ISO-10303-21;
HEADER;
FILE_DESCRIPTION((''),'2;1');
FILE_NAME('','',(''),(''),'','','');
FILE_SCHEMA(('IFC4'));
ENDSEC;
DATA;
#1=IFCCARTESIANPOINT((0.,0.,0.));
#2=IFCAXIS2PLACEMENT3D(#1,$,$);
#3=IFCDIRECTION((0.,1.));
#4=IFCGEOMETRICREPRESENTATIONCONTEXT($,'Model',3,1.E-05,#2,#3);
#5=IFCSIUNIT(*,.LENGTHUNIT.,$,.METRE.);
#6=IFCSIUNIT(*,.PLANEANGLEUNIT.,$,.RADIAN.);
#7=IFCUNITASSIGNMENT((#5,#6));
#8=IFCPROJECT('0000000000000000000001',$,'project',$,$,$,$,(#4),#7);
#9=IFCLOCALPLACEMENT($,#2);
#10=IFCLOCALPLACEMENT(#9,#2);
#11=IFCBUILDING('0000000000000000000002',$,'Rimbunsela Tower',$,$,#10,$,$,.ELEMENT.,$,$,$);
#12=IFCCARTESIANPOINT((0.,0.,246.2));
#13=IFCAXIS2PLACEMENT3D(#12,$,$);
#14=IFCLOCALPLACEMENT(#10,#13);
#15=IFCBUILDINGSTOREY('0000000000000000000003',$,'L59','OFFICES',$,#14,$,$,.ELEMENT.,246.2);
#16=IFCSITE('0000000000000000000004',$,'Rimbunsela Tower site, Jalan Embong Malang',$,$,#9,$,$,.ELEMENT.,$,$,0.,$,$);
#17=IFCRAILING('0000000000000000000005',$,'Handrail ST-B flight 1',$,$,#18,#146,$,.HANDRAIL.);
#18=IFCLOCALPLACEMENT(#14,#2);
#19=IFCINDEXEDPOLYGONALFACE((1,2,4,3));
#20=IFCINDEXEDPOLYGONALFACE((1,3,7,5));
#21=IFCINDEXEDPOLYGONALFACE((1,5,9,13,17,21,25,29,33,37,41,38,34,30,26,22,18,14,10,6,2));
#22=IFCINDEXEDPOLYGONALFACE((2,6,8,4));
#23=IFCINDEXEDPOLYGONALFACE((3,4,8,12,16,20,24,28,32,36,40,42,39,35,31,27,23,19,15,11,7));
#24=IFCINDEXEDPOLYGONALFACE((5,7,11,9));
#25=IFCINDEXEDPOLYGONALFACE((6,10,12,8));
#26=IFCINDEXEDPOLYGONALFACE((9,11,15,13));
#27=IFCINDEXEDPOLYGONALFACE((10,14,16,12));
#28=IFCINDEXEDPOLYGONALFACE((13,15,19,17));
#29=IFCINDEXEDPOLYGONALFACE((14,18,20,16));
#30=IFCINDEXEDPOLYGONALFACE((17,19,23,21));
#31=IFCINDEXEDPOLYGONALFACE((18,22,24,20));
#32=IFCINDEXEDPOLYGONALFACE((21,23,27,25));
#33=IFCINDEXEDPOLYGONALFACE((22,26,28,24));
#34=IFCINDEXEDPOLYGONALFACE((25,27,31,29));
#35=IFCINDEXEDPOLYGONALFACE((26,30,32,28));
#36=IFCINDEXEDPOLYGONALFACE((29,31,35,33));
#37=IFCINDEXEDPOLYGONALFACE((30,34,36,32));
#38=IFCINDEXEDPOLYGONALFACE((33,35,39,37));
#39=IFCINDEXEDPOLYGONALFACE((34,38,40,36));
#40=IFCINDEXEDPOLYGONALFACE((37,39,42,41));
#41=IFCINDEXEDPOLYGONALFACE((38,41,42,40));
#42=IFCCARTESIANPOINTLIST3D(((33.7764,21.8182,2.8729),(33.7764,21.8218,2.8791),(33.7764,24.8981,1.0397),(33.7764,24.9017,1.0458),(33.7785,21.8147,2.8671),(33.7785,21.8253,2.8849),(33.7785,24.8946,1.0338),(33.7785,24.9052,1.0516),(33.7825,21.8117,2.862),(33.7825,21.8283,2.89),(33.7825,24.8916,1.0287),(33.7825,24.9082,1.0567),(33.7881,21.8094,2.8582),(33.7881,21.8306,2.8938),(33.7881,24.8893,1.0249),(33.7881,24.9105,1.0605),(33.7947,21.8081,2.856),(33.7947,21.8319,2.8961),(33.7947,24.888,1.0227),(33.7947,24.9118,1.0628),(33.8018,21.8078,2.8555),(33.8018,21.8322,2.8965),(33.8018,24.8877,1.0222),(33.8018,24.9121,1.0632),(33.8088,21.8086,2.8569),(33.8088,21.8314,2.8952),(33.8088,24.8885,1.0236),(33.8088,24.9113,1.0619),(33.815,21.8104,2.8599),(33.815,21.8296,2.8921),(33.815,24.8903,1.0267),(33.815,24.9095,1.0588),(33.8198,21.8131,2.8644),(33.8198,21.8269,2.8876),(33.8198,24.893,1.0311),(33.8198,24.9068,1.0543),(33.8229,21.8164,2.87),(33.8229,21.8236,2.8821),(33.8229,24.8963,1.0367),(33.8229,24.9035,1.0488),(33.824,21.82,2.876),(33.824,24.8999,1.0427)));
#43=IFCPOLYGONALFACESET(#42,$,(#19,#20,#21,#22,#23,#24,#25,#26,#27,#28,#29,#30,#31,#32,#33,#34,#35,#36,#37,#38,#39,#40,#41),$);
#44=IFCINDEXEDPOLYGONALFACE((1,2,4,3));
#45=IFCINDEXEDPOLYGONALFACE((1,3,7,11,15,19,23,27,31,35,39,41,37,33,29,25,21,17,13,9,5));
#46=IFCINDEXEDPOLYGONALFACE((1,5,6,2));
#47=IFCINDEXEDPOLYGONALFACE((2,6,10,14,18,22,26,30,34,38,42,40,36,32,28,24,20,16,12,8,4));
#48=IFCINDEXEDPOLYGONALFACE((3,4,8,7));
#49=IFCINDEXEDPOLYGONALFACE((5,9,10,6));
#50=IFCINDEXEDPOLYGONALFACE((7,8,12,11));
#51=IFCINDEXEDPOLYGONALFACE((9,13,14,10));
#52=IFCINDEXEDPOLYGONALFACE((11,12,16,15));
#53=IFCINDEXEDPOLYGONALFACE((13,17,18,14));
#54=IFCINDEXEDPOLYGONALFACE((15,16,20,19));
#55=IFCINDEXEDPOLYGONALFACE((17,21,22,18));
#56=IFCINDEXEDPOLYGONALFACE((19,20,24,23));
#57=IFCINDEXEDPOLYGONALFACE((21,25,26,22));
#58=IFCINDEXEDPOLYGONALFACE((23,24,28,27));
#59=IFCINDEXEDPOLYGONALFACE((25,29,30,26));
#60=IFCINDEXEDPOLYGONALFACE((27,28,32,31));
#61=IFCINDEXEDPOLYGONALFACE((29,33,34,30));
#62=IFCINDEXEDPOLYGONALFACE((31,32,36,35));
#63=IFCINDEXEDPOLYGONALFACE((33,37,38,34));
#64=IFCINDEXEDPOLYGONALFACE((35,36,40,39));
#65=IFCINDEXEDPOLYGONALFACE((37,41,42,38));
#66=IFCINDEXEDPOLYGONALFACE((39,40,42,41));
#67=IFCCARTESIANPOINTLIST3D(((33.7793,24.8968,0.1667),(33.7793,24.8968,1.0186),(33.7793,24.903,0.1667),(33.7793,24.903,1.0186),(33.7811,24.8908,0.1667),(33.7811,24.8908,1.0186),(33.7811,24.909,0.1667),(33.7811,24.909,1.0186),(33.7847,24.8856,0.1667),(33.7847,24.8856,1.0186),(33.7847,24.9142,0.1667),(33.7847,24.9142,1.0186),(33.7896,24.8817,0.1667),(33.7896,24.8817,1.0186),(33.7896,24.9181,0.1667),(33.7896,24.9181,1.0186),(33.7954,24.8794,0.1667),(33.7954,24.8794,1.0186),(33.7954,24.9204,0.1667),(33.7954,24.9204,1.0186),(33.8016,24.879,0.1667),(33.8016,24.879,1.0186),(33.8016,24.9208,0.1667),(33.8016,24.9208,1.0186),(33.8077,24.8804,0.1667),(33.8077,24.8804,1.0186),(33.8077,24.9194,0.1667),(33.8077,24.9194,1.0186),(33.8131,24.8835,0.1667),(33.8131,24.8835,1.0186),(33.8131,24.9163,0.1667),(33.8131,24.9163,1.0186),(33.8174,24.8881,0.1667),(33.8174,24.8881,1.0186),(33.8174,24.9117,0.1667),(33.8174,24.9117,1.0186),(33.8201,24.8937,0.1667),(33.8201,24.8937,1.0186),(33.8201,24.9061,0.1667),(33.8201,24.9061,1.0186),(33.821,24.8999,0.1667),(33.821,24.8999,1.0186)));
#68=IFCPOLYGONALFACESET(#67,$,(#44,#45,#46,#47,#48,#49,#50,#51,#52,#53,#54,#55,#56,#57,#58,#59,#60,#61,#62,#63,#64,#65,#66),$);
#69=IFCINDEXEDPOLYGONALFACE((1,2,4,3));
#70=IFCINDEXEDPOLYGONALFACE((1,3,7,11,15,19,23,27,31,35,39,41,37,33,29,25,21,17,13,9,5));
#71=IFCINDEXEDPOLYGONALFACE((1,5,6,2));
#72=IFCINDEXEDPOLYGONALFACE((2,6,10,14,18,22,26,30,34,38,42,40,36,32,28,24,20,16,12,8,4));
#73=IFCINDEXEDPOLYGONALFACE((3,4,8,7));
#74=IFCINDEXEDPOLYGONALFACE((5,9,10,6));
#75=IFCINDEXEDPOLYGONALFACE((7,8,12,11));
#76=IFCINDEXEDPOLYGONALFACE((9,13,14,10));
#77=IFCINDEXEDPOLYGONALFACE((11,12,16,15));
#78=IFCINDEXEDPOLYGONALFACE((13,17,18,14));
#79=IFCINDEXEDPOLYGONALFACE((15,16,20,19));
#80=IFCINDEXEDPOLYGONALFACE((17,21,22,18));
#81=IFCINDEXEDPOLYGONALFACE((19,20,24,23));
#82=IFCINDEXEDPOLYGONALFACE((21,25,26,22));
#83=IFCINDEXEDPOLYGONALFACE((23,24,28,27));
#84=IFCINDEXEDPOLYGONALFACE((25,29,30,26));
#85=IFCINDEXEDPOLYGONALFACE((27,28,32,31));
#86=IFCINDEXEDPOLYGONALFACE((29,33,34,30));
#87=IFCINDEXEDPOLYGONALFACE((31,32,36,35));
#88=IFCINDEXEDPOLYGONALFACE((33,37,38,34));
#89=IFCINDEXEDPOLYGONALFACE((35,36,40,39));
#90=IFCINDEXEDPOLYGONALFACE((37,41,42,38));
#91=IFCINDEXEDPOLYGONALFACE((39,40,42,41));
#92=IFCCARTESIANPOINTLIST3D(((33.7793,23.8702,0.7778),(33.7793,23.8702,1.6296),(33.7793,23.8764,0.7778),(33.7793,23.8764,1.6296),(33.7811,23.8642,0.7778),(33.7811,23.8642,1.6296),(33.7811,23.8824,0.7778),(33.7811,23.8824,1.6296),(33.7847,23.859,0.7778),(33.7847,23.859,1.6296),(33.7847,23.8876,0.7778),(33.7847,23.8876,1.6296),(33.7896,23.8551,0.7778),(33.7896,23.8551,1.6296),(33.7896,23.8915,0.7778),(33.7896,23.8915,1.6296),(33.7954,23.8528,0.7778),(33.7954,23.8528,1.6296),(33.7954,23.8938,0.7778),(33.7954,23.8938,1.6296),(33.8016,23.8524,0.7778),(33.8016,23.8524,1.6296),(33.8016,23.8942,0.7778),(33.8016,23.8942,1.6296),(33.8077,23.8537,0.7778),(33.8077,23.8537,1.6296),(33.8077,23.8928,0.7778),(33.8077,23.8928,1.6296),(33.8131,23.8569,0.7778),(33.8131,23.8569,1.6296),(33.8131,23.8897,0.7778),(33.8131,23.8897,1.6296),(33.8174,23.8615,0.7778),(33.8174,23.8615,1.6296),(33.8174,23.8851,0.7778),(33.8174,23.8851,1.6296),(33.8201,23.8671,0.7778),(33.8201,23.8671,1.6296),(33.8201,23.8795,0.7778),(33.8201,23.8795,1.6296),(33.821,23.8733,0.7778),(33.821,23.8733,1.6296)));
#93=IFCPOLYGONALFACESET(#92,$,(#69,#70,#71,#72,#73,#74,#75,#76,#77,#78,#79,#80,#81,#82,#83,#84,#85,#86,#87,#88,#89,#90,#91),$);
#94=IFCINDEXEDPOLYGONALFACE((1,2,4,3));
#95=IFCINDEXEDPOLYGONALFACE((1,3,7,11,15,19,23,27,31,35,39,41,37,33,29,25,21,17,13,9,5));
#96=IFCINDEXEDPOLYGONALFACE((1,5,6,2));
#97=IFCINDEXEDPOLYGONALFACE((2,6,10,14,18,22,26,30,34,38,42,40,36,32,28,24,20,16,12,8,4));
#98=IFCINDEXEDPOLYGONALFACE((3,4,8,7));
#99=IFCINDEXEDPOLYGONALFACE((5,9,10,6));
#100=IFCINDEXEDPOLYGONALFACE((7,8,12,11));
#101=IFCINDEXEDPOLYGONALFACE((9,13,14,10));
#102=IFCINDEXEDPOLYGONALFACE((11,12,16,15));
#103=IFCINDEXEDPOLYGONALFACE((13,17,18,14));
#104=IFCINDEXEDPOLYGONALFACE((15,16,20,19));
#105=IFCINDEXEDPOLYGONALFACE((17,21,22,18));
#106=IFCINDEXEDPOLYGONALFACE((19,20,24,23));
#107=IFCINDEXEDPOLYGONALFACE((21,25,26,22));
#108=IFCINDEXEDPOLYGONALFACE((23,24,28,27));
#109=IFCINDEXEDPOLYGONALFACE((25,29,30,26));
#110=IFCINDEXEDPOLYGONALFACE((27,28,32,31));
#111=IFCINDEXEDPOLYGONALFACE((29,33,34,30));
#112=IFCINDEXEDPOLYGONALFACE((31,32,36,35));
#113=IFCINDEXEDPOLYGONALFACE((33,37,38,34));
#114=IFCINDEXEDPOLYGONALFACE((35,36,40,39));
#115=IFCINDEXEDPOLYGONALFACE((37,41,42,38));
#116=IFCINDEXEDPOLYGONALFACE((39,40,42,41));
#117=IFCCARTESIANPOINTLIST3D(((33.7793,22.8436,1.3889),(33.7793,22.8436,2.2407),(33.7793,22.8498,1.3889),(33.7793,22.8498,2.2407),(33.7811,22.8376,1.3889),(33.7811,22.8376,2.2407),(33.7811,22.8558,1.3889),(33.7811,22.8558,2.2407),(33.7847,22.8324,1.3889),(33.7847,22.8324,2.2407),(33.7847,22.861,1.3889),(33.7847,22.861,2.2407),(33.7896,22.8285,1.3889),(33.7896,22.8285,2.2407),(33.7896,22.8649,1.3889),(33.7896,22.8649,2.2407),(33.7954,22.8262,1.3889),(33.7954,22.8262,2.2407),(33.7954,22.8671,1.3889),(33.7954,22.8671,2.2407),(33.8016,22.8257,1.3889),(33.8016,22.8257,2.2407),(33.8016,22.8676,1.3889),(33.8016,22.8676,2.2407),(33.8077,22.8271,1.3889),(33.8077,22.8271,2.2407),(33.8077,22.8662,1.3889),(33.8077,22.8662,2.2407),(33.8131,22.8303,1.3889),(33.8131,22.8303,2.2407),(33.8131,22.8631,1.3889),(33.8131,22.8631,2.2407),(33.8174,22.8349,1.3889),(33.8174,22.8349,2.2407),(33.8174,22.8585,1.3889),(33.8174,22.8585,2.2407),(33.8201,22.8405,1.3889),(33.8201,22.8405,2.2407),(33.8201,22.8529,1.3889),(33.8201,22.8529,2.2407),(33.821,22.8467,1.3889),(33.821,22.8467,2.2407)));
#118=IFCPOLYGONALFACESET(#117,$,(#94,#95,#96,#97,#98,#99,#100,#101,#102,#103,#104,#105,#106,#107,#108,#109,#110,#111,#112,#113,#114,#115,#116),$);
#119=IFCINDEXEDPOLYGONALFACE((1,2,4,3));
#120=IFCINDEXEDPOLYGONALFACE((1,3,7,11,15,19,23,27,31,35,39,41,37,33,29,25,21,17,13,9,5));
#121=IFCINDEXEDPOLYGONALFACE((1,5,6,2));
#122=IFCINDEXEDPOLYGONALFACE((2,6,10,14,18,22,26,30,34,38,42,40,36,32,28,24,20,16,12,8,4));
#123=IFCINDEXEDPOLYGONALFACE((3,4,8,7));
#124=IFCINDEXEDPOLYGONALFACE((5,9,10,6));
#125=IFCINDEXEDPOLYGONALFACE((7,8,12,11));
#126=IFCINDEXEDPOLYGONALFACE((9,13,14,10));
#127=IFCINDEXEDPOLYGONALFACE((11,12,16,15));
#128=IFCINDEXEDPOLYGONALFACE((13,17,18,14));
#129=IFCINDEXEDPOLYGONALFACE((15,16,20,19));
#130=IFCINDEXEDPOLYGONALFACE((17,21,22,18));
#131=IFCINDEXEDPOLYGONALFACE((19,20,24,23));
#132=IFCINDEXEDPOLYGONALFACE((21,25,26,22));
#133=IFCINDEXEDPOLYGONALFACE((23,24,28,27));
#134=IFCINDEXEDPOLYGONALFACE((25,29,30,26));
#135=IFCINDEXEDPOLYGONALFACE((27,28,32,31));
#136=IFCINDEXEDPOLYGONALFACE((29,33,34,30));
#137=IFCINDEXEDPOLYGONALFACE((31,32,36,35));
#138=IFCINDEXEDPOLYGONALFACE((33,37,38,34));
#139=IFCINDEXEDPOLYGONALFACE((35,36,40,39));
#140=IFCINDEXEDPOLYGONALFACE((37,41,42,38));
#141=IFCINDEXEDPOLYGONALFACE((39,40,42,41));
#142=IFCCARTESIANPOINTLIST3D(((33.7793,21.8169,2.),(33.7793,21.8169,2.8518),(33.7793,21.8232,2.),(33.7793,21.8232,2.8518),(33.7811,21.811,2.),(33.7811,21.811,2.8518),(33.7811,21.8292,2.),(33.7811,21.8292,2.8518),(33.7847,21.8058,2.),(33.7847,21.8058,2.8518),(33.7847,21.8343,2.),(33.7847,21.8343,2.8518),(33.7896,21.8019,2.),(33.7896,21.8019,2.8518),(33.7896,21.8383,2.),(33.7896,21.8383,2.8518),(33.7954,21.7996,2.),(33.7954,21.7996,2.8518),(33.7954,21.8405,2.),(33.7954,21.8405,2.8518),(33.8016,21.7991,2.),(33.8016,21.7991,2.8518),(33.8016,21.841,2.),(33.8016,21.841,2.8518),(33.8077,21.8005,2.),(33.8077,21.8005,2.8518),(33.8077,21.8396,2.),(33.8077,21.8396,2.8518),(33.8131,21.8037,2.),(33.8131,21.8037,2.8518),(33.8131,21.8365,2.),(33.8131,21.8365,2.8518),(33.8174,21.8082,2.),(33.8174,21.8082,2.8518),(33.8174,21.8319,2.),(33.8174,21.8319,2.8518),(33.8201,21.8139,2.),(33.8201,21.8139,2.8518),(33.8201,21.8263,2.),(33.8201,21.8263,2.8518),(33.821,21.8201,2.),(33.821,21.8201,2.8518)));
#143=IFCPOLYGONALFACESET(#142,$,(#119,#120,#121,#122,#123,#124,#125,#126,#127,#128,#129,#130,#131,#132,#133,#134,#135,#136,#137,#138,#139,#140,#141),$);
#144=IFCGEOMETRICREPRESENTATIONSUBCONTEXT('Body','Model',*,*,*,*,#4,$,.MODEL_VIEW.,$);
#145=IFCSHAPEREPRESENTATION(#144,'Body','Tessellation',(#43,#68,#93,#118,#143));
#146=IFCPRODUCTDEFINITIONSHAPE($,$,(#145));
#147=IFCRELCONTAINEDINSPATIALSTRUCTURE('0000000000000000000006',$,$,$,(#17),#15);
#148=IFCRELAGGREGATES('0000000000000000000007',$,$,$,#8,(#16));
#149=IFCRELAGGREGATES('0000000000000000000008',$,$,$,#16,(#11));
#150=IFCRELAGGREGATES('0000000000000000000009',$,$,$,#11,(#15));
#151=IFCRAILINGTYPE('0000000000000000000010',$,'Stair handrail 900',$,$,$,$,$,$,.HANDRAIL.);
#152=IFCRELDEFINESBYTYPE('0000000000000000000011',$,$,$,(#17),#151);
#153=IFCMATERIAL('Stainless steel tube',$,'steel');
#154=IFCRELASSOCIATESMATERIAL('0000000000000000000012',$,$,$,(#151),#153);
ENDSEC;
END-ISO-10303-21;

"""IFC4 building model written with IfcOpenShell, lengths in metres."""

from ifc_helpers import new_model, si_unit, direction, frame, origin, origin_2d, place, context, subcontext, project, spatial, circle, extrude, material, type_object, element, save


model = new_model("IFC4")

# Units and contexts
model_context = context("Model", 3, precision=1e-05, world=origin(), true_north=direction((0.0, 1.0)))
body_context = subcontext(model_context, "Body", "Model", "MODEL_VIEW")
ifc_project = project(units=[si_unit("LENGTHUNIT", "METRE"), si_unit("PLANEANGLEUNIT", "RADIAN")], contexts=[model_context])

# Site, building, storey
site_placement = place(None, origin())
site = spatial("IfcSite", under=ifc_project, at=site_placement, Name="Rimbunsela Tower site, Jalan Embong Malang", CompositionType="ELEMENT", RefElevation=0.0)
building_placement = place(site_placement, origin())
building = spatial("IfcBuilding", under=site, at=building_placement, Name="Rimbunsela Tower", CompositionType="ELEMENT")
storey_placement = place(building_placement, frame((0.0, 0.0, 246.2)))
storey = spatial("IfcBuildingStorey", under=building, at=storey_placement, Name="L59", Description="OFFICES", CompositionType="ELEMENT", Elevation=246.2)

# Railing
ifc_material_1 = material(Name="Stainless steel tube", Category="steel")
railing_type = type_object("IfcRailingType", Name="Stair handrail 900", PredefinedType="HANDRAIL", material=ifc_material_1)
railing_placement = place(storey_placement, frame((33.8, 24.8999, 0.1667)))
element("IfcRailing", 1, at=railing_placement, inside=storey, type_object=railing_type, Name="Handrail ST-B flight 1", PredefinedType="HANDRAIL", context=body_context, shape_type="SweptSolid", body=[
    extrude(circle(Radius=0.0239, at=origin_2d()), frame((0.0, 0.0, 0.876), z_axis=(0.0, -0.859291, 0.511487), x_axis=(1.0, 0.0, 0.0)), (0.0, 0.0, 1.0), 3.5842),
    extrude(circle(Radius=0.021, at=origin_2d()), origin(), (0.0, 0.0, 1.0), 0.8518),
    extrude(circle(Radius=0.021, at=origin_2d()), frame((0.0, -1.0266, 0.6111)), (0.0, 0.0, 1.0), 0.8518),
    extrude(circle(Radius=0.021, at=origin_2d()), frame((0.0, -2.0532, 1.2222)), (0.0, 0.0, 1.0), 0.8518),
    extrude(circle(Radius=0.021, at=origin_2d()), frame((0.0, -3.0798, 1.8333)), (0.0, 0.0, 1.0), 0.8518),
])

save(model, "model.ifc")
